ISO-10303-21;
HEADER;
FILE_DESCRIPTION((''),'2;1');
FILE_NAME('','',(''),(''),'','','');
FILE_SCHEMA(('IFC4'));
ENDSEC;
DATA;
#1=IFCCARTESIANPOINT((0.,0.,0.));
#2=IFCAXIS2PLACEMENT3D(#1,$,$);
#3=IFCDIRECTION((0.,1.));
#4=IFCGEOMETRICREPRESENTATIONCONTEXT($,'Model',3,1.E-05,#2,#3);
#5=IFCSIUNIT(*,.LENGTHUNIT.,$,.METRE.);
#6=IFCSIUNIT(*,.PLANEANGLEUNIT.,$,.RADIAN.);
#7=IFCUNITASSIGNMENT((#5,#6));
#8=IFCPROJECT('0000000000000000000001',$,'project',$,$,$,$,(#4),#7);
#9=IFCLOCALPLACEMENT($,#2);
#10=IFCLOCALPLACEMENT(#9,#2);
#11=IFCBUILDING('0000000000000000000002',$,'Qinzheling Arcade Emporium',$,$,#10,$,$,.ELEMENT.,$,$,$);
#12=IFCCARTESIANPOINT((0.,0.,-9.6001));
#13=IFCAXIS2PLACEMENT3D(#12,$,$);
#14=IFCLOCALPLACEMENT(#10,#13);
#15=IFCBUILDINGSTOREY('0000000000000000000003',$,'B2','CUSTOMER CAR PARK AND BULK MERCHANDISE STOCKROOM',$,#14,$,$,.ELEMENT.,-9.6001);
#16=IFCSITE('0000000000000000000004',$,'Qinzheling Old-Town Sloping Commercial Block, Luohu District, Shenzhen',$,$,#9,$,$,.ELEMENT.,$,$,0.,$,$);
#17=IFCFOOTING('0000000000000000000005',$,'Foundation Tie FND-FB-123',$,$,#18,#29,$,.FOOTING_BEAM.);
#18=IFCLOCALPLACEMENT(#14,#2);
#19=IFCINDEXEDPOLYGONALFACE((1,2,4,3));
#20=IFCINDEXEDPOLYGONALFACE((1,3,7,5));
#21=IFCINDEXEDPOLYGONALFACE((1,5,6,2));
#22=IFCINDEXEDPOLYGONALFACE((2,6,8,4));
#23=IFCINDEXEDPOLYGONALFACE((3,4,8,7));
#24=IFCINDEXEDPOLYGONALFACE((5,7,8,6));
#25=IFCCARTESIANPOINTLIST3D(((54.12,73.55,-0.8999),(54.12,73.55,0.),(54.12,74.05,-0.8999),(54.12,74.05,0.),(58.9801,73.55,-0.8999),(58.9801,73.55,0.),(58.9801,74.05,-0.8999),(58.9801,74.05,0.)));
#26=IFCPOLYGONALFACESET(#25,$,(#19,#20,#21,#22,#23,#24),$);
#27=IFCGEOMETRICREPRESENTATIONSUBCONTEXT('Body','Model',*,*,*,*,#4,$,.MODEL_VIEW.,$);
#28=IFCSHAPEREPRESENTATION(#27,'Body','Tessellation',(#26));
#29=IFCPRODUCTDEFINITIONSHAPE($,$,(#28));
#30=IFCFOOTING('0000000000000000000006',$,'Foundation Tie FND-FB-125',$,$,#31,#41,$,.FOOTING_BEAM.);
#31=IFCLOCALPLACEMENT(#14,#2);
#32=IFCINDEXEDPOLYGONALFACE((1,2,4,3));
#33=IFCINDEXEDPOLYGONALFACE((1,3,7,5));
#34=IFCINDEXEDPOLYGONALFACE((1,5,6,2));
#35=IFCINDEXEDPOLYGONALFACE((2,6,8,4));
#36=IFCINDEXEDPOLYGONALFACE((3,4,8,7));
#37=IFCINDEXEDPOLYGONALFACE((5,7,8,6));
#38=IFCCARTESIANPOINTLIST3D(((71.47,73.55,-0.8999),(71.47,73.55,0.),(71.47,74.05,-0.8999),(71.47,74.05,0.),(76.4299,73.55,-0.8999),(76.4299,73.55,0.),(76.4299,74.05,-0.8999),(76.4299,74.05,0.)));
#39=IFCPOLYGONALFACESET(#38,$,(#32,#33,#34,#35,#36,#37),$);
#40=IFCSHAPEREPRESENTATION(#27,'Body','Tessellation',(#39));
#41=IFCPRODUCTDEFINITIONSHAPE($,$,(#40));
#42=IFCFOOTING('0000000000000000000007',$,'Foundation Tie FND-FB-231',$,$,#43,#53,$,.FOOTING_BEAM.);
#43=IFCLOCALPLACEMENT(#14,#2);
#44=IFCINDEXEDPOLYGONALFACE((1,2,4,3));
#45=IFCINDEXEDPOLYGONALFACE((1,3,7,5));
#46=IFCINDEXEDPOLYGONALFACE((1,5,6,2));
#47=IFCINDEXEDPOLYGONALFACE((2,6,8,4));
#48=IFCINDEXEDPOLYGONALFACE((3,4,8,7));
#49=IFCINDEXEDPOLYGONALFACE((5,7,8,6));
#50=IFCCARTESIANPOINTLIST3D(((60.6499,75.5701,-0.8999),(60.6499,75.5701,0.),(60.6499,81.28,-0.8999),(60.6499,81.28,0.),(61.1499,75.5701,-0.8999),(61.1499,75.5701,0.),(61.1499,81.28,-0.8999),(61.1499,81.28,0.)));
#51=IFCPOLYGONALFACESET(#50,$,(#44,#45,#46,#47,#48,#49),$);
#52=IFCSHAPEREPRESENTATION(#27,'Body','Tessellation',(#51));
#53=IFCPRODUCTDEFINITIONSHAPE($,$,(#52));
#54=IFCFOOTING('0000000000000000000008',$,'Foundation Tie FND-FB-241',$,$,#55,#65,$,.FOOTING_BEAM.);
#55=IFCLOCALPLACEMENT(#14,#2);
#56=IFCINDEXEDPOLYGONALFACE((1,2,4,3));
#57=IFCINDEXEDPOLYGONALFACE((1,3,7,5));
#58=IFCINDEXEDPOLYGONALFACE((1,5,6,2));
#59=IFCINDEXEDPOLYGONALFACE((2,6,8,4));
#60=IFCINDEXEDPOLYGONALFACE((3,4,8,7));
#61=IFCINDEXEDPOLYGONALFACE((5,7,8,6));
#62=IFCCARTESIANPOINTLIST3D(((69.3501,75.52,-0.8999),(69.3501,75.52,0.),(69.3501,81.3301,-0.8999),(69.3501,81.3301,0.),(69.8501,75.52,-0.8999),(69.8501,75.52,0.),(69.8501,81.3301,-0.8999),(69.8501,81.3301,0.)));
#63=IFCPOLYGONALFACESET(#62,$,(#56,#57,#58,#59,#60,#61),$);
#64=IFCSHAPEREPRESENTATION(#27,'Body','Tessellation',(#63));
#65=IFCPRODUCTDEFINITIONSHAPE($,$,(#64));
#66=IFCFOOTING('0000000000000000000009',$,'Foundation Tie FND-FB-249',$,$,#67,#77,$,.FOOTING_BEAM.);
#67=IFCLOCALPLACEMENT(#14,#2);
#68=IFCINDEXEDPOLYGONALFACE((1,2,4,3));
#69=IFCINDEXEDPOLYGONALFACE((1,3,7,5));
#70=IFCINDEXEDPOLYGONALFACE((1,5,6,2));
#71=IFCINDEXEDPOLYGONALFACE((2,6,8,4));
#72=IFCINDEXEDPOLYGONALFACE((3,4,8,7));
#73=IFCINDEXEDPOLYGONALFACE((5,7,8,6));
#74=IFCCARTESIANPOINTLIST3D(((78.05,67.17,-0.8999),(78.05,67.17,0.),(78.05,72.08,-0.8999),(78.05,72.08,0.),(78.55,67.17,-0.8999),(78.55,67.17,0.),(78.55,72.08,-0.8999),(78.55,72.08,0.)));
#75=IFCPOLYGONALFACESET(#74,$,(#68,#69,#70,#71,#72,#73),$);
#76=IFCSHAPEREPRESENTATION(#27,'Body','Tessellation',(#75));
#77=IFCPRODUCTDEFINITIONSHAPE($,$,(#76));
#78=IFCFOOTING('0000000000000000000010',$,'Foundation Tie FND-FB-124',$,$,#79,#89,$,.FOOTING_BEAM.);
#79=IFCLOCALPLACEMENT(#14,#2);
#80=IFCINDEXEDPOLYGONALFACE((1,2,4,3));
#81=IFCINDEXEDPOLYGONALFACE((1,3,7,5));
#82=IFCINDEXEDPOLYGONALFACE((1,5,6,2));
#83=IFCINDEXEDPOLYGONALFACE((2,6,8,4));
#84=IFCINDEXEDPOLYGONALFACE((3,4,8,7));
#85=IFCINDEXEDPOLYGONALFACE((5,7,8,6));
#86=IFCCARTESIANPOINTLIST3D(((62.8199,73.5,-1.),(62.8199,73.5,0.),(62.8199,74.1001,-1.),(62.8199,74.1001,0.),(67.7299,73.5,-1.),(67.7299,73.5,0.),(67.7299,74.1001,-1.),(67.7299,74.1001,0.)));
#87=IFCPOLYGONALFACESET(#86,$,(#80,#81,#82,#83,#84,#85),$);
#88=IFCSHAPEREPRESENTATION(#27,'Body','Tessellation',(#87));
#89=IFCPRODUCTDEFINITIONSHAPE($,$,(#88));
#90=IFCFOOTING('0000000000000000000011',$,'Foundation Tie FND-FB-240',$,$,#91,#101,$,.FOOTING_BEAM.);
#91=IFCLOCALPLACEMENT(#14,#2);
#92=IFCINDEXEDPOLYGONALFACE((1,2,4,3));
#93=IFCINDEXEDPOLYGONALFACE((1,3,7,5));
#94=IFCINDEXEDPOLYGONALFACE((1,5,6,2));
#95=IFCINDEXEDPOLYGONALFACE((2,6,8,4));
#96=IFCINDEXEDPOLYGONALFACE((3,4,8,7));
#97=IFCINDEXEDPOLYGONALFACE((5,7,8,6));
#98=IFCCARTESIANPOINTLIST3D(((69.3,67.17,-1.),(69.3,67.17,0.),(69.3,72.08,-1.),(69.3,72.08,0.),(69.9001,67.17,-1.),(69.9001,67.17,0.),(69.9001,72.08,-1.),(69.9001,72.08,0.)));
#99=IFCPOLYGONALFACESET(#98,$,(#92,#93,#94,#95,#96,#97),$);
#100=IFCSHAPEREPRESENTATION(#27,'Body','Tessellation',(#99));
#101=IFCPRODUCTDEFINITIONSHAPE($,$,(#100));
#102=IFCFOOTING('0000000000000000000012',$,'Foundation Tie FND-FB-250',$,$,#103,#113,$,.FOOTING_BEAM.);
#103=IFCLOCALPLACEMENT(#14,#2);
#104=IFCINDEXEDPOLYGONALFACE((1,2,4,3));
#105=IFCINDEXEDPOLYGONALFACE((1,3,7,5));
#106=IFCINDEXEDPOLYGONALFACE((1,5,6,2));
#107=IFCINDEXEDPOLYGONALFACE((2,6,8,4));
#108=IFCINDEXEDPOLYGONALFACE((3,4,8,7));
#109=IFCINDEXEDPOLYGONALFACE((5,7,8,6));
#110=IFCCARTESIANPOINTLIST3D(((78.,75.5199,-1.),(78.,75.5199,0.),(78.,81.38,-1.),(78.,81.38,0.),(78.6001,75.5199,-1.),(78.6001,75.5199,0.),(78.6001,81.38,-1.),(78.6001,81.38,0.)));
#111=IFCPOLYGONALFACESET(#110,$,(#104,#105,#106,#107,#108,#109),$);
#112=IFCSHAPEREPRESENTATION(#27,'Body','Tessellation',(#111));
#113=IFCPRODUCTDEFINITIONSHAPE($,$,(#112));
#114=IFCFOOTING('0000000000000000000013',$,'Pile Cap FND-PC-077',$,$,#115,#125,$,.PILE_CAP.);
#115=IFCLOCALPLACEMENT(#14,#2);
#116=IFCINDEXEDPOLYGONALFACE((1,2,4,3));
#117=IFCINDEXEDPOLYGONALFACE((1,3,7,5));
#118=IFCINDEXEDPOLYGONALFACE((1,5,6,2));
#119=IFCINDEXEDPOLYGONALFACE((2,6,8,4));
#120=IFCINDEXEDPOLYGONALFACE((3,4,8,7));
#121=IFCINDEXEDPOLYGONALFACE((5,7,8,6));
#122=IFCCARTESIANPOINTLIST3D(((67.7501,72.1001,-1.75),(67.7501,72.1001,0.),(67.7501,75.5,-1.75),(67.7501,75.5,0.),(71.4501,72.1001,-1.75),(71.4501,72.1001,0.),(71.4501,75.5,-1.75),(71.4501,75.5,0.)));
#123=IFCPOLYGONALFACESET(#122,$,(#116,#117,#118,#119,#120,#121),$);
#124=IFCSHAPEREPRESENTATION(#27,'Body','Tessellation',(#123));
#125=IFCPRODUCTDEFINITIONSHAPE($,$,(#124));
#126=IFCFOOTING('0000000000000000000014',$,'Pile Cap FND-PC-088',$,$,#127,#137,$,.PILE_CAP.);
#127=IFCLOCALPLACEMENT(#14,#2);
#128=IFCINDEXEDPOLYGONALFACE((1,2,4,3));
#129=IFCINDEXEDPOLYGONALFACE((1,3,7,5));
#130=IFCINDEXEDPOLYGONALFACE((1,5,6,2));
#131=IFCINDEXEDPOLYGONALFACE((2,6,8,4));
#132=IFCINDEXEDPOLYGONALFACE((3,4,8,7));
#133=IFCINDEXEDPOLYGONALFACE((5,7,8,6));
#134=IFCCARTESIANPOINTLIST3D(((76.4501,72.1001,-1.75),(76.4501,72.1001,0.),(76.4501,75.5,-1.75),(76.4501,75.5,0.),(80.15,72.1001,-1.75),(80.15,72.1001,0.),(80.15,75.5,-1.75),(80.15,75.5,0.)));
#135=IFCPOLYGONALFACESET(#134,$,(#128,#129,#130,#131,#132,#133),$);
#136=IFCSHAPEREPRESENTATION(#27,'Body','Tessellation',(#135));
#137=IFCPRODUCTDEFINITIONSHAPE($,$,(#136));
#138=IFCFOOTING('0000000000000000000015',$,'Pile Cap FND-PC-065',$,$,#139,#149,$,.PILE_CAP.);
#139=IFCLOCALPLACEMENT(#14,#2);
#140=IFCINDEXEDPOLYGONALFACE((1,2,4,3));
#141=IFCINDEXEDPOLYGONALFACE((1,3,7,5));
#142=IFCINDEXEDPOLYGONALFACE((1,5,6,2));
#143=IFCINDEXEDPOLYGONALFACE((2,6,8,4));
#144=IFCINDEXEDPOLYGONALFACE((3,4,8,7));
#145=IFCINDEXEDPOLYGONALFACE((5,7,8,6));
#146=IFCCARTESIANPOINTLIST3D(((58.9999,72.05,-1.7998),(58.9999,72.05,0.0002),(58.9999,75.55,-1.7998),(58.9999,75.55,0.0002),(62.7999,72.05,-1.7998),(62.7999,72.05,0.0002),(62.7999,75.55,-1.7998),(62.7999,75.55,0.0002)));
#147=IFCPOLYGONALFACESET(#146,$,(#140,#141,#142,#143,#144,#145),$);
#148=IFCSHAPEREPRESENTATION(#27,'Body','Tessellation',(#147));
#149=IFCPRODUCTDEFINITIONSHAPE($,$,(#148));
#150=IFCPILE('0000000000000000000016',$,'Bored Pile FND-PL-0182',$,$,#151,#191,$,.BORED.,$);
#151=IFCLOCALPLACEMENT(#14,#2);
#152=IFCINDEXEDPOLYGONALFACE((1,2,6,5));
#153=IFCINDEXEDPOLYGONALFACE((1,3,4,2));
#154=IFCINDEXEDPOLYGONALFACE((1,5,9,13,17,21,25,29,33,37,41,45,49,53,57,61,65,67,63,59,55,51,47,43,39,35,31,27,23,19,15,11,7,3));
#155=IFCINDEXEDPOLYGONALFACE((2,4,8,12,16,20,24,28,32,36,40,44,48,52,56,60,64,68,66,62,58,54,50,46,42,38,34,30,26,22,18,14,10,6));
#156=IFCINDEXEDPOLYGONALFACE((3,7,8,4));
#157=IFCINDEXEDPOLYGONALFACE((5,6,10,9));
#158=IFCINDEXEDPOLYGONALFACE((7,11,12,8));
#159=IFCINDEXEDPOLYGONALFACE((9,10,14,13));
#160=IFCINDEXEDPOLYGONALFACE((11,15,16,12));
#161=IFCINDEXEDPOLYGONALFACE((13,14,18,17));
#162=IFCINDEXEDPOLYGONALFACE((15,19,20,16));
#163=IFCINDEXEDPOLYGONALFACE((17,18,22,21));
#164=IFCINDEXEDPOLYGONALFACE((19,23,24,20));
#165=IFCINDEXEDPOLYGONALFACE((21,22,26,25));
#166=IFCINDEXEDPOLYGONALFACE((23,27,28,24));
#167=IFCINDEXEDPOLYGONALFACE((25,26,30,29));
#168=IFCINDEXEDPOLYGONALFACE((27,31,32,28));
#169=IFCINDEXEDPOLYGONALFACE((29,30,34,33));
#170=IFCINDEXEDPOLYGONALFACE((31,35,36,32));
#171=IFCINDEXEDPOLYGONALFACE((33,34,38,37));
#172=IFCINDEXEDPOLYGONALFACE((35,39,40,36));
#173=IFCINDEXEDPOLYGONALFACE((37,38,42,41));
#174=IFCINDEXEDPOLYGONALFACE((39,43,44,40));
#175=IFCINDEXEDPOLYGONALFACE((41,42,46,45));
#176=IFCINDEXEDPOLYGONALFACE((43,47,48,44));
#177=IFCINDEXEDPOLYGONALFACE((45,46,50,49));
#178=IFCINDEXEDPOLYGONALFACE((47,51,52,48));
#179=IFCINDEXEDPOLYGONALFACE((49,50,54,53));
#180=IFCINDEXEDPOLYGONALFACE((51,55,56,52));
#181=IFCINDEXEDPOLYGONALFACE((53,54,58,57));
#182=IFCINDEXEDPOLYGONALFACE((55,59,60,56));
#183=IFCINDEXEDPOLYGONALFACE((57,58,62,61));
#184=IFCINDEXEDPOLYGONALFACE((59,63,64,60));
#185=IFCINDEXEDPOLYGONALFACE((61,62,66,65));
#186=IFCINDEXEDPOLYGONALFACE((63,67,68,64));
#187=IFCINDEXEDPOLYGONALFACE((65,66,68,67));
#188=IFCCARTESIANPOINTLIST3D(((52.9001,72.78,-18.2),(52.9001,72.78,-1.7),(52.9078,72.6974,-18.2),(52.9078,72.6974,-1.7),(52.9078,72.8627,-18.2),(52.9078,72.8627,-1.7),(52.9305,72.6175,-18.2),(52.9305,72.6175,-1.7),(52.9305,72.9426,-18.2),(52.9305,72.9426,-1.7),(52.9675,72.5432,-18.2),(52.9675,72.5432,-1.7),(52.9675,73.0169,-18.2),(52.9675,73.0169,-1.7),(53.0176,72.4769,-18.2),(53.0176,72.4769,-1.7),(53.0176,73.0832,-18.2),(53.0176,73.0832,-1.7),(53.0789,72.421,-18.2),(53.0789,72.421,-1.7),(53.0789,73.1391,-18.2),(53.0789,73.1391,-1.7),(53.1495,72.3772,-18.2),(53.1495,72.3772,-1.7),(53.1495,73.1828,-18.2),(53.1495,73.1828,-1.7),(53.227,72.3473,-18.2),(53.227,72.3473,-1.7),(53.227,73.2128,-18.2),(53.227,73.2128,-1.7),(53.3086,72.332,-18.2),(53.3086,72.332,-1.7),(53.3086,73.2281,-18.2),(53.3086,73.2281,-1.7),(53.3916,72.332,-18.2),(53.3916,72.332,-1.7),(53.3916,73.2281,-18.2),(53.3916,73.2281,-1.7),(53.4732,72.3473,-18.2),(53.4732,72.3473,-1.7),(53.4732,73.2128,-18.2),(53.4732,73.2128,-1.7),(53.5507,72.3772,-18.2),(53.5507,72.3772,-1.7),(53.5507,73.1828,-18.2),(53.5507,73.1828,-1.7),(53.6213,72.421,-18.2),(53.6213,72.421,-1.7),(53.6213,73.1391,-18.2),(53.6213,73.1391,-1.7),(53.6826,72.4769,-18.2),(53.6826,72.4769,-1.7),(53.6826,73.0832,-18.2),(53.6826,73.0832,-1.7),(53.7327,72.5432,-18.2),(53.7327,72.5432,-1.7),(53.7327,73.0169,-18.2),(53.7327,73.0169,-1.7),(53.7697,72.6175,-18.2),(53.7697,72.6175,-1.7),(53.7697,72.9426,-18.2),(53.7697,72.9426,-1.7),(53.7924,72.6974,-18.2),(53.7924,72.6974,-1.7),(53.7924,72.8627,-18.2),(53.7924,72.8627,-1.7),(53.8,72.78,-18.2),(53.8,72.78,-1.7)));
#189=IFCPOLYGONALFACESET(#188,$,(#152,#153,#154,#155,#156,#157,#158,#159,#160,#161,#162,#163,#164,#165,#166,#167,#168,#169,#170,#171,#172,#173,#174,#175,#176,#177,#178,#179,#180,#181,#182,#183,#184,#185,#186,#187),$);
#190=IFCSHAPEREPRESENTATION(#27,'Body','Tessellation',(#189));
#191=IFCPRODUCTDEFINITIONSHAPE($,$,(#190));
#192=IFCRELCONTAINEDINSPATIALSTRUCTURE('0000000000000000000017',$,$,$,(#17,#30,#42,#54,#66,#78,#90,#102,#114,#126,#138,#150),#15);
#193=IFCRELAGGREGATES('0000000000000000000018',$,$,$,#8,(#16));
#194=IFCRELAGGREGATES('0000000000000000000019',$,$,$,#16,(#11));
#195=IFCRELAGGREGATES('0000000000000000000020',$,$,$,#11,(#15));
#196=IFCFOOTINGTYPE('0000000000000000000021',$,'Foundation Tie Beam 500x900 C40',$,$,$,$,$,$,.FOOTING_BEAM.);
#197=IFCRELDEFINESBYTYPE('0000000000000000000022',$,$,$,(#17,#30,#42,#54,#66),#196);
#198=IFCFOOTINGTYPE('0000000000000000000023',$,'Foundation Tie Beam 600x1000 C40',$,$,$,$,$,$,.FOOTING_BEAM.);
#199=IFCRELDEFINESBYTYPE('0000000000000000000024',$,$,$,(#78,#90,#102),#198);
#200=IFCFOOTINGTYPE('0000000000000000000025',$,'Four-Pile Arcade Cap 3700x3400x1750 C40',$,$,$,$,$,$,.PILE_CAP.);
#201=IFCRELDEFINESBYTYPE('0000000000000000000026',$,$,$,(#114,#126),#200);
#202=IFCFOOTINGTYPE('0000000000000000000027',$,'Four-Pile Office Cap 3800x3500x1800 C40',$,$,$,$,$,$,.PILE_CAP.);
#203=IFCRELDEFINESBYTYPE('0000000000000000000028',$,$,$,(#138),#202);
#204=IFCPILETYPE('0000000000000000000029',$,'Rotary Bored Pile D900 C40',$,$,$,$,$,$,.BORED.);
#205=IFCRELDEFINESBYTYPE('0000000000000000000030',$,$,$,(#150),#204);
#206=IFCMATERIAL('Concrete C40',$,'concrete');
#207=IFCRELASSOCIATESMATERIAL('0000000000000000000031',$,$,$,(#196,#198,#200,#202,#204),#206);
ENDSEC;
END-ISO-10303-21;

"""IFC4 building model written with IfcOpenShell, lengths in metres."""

from ifc_helpers import new_model, si_unit, direction, frame, origin, origin_2d, place, context, subcontext, project, spatial, rectangle, circle, extrude, material, material_profile, profile_set, type_object, element, save


model = new_model("IFC4")

# Units and contexts
model_context = context("Model", 3, precision=1e-05, world=origin(), true_north=direction((0.0, 1.0)))
body_context = subcontext(model_context, "Body", "Model", "MODEL_VIEW")
ifc_project = project(units=[si_unit("LENGTHUNIT", "METRE"), si_unit("PLANEANGLEUNIT", "RADIAN")], contexts=[model_context])

# Site, building, storey
site_placement = place(None, origin())
site = spatial("IfcSite", under=ifc_project, at=site_placement, Name="Qinzheling Old-Town Sloping Commercial Block, Luohu District, Shenzhen", CompositionType="ELEMENT", RefElevation=0.0)
building_placement = place(site_placement, origin())
building = spatial("IfcBuilding", under=site, at=building_placement, Name="Qinzheling Arcade Emporium", CompositionType="ELEMENT")
storey_placement = place(building_placement, frame((0.0, 0.0, -9.6001)))
storey = spatial("IfcBuildingStorey", under=building, at=storey_placement, Name="B2", Description="CUSTOMER CAR PARK AND BULK MERCHANDISE STOCKROOM", CompositionType="ELEMENT", Elevation=-9.6001)

# Footings
ifc_material_1 = material(Name="Concrete C40", Category="concrete")
footing_type_1 = type_object("IfcFootingType", Name="Foundation Tie Beam 500x900 C40", PredefinedType="FOOTING_BEAM", material=ifc_material_1)
footing_1_placement = place(storey_placement, frame((56.55, 73.8, -0.8999), z_axis=(0.0, 0.0, 1.0), x_axis=(1.0, 0.0, 0.0)))
element("IfcFooting", 1, at=footing_1_placement, inside=storey, type_object=footing_type_1, Name="Foundation Tie FND-FB-123", PredefinedType="FOOTING_BEAM", context=body_context, shape_type="SweptSolid", body=[
    extrude(rectangle(XDim=4.8601, YDim=0.5, at=origin_2d()), origin(), (0.0, 0.0, 1.0), 0.8999),
])
footing_2_placement = place(storey_placement, frame((73.95, 73.8, -0.8999), z_axis=(0.0, 0.0, 1.0), x_axis=(1.0, 0.0, 0.0)))
element("IfcFooting", 2, at=footing_2_placement, inside=storey, type_object=footing_type_1, Name="Foundation Tie FND-FB-125", PredefinedType="FOOTING_BEAM", context=body_context, shape_type="SweptSolid", body=[
    extrude(rectangle(XDim=4.96, YDim=0.5, at=origin_2d()), origin(), (0.0, 0.0, 1.0), 0.8999),
])
footing_3_placement = place(storey_placement, frame((60.8999, 78.425, -0.8999), z_axis=(0.0, 0.0, 1.0), x_axis=(1.0, 0.0, 0.0)))
element("IfcFooting", 3, at=footing_3_placement, inside=storey, type_object=footing_type_1, Name="Foundation Tie FND-FB-231", PredefinedType="FOOTING_BEAM", context=body_context, shape_type="SweptSolid", body=[
    extrude(rectangle(XDim=0.5, YDim=5.71, at=origin_2d()), origin(), (0.0, 0.0, 1.0), 0.8999),
])
footing_4_placement = place(storey_placement, frame((69.6001, 78.425, -0.8999), z_axis=(0.0, 0.0, 1.0), x_axis=(1.0, 0.0, 0.0)))
element("IfcFooting", 4, at=footing_4_placement, inside=storey, type_object=footing_type_1, Name="Foundation Tie FND-FB-241", PredefinedType="FOOTING_BEAM", context=body_context, shape_type="SweptSolid", body=[
    extrude(rectangle(XDim=0.5, YDim=5.8101, at=origin_2d()), origin(), (0.0, 0.0, 1.0), 0.8999),
])
footing_5_placement = place(storey_placement, frame((78.3, 69.625, -0.8999), z_axis=(0.0, 0.0, 1.0), x_axis=(1.0, 0.0, 0.0)))
element("IfcFooting", 5, at=footing_5_placement, inside=storey, type_object=footing_type_1, Name="Foundation Tie FND-FB-249", PredefinedType="FOOTING_BEAM", context=body_context, shape_type="SweptSolid", body=[
    extrude(rectangle(XDim=0.5, YDim=4.9099, at=origin_2d()), origin(), (0.0, 0.0, 1.0), 0.8999),
])
footing_type_2 = type_object("IfcFootingType", Name="Foundation Tie Beam 600x1000 C40", PredefinedType="FOOTING_BEAM", material=ifc_material_1)
footing_6_placement = place(storey_placement, frame((65.2749, 73.8, -1.0), z_axis=(0.0, 0.0, 1.0), x_axis=(1.0, 0.0, 0.0)))
element("IfcFooting", 6, at=footing_6_placement, inside=storey, type_object=footing_type_2, Name="Foundation Tie FND-FB-124", PredefinedType="FOOTING_BEAM", context=body_context, shape_type="SweptSolid", body=[
    extrude(rectangle(XDim=4.9099, YDim=0.6001, at=origin_2d()), origin(), (0.0, 0.0, 1.0), 1.0),
])
footing_7_placement = place(storey_placement, frame((69.6001, 69.625, -1.0), z_axis=(0.0, 0.0, 1.0), x_axis=(1.0, 0.0, 0.0)))
element("IfcFooting", 7, at=footing_7_placement, inside=storey, type_object=footing_type_2, Name="Foundation Tie FND-FB-240", PredefinedType="FOOTING_BEAM", context=body_context, shape_type="SweptSolid", body=[
    extrude(rectangle(XDim=0.6001, YDim=4.9099, at=origin_2d()), origin(), (0.0, 0.0, 1.0), 1.0),
])
footing_8_placement = place(storey_placement, frame((78.3, 78.45, -1.0), z_axis=(0.0, 0.0, 1.0), x_axis=(1.0, 0.0, 0.0)))
element("IfcFooting", 8, at=footing_8_placement, inside=storey, type_object=footing_type_2, Name="Foundation Tie FND-FB-250", PredefinedType="FOOTING_BEAM", context=body_context, shape_type="SweptSolid", body=[
    extrude(rectangle(XDim=0.6001, YDim=5.8601, at=origin_2d()), origin(), (0.0, 0.0, 1.0), 1.0),
])
footing_type_3 = type_object("IfcFootingType", Name="Four-Pile Arcade Cap 3700x3400x1750 C40", PredefinedType="PILE_CAP", material=ifc_material_1)
for number, where, z_axis, x_axis, name in (
    (9, (69.6001, 73.8, -1.75), (0.0, 0.0, 1.0), (1.0, 0.0, 0.0), "Pile Cap FND-PC-077"),
    (10, (78.3, 73.8, -1.75), (0.0, 0.0, 1.0), (1.0, 0.0, 0.0), "Pile Cap FND-PC-088"),
):
    element("IfcFooting", number, at=place(storey_placement, frame(where, z_axis=z_axis, x_axis=x_axis)), inside=storey, type_object=footing_type_3, Name=name, PredefinedType="PILE_CAP", context=body_context, shape_type="SweptSolid", body=[
        extrude(rectangle(XDim=3.7, YDim=3.3999, at=origin_2d()), origin(), (0.0, 0.0, 1.0), 1.75),
    ])
footing_type_4 = type_object("IfcFootingType", Name="Four-Pile Office Cap 3800x3500x1800 C40", PredefinedType="PILE_CAP", material=ifc_material_1)
footing_9_placement = place(storey_placement, frame((60.8999, 73.8, -1.7998), z_axis=(0.0, 0.0, 1.0), x_axis=(1.0, 0.0, 0.0)))
element("IfcFooting", 11, at=footing_9_placement, inside=storey, type_object=footing_type_4, Name="Pile Cap FND-PC-065", PredefinedType="PILE_CAP", context=body_context, shape_type="SweptSolid", body=[
    extrude(rectangle(XDim=3.8, YDim=3.5, at=origin_2d()), origin(), (0.0, 0.0, 1.0), 1.8),
])

# Pile
ifc_material_profile_1 = material_profile(ifc_material_1, circle(Radius=0.45, at=origin_2d()), Name="BORED D900", Category="concrete")
ifc_profile_set_1 = profile_set([ifc_material_profile_1], Name="Concrete C40")
pile_type = type_object("IfcPileType", Name="Rotary Bored Pile D900 C40", PredefinedType="BORED", material=ifc_profile_set_1)
for number, where, z_axis, x_axis, name in (
    (12, (53.3501, 72.78, -1.7), (0.0, 0.0, -1.0), (1.0, 0.0, 0.0), "Bored Pile FND-PL-0182"),
):
    element("IfcPile", number, at=place(storey_placement, frame(where, z_axis=z_axis, x_axis=x_axis)), inside=storey, type_object=pile_type, Name=name, PredefinedType="BORED", context=body_context, shape_type="SweptSolid", body=[
        extrude(circle(Radius=0.45, at=origin_2d()), origin(), (0.0, 0.0, 1.0), 16.5),
    ])

save(model, "model.ifc")
